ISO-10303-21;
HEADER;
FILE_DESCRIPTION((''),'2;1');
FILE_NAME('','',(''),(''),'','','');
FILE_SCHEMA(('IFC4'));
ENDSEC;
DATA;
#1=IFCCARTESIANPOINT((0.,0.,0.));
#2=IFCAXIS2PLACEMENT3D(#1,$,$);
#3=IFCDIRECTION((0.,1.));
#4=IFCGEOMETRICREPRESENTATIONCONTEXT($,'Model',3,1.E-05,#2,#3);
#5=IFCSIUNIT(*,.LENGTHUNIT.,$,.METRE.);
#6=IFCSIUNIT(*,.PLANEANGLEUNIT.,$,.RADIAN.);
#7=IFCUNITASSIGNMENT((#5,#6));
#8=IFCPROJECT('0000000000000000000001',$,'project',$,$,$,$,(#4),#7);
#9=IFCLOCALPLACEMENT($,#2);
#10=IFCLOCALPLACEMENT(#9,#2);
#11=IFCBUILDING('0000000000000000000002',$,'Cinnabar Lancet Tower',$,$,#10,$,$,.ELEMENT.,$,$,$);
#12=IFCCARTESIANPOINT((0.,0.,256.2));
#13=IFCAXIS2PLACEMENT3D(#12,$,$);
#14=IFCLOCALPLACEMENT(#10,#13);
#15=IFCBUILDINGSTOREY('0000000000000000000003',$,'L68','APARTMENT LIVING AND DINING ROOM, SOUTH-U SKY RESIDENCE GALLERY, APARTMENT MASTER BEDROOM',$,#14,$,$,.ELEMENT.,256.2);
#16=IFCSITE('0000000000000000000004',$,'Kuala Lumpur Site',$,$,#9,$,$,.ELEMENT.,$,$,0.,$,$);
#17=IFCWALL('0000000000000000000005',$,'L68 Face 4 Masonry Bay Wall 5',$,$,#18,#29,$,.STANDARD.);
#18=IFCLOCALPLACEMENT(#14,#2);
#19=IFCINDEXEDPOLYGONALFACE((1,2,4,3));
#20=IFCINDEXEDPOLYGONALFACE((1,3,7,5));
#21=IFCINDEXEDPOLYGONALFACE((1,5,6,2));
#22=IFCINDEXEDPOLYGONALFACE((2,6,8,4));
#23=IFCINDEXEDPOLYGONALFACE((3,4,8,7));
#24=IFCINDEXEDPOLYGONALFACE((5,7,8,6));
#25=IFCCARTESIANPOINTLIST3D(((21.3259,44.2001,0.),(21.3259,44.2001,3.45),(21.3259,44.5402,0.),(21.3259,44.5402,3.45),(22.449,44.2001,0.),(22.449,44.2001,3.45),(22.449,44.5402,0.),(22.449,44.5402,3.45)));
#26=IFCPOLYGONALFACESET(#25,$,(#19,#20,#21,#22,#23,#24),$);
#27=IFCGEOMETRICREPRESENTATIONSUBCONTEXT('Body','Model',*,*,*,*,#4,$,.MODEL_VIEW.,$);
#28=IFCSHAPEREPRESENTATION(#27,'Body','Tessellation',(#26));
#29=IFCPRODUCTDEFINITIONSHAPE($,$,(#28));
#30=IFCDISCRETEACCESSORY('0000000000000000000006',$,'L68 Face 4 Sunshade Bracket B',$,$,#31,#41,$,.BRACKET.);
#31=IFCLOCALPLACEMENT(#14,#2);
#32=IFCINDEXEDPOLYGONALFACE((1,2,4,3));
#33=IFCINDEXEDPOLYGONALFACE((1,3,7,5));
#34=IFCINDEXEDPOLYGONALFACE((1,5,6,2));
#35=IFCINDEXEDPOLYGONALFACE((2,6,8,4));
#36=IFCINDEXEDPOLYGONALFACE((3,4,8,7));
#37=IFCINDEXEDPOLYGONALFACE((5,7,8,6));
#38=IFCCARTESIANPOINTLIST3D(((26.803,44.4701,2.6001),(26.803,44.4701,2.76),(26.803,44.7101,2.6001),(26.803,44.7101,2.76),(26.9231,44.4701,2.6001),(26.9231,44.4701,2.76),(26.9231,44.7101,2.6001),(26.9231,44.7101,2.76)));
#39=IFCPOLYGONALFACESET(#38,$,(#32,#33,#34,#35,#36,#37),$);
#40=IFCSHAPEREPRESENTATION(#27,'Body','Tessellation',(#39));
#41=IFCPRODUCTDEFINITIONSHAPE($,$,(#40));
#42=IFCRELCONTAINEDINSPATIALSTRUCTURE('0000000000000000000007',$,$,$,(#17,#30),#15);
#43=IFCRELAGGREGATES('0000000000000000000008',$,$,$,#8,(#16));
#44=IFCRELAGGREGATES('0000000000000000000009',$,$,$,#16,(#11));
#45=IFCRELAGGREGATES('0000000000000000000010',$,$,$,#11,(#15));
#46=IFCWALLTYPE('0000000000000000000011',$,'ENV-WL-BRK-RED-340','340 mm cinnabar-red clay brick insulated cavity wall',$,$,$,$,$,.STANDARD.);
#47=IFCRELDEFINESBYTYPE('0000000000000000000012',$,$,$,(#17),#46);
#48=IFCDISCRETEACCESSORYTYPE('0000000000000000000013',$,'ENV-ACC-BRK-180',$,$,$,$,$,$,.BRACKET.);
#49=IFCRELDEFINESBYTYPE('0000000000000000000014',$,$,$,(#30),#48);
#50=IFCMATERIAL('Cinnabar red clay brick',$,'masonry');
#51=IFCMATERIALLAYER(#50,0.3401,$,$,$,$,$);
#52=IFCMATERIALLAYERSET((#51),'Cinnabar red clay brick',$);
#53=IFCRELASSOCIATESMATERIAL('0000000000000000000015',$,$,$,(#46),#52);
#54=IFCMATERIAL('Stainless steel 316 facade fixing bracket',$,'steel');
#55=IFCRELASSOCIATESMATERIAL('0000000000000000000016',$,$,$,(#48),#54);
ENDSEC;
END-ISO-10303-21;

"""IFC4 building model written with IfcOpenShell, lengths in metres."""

from ifc_helpers import new_model, si_unit, direction, frame, frame_2d, origin, origin_2d, place, context, subcontext, project, spatial, rectangle, extrude, material, layer, layer_set, type_object, element, save


model = new_model("IFC4")

# Units and contexts
model_context = context("Model", 3, precision=1e-05, world=origin(), true_north=direction((0.0, 1.0)))
body_context = subcontext(model_context, "Body", "Model", "MODEL_VIEW")
ifc_project = project(units=[si_unit("LENGTHUNIT", "METRE"), si_unit("PLANEANGLEUNIT", "RADIAN")], contexts=[model_context])

# Site, building, storey
site_placement = place(None, origin())
site = spatial("IfcSite", under=ifc_project, at=site_placement, Name="Kuala Lumpur Site", CompositionType="ELEMENT", RefElevation=0.0)
building_placement = place(site_placement, origin())
building = spatial("IfcBuilding", under=site, at=building_placement, Name="Cinnabar Lancet Tower", CompositionType="ELEMENT")
storey_placement = place(building_placement, frame((0.0, 0.0, 256.2)))
storey = spatial("IfcBuildingStorey", under=building, at=storey_placement, Name="L68", Description="APARTMENT LIVING AND DINING ROOM, SOUTH-U SKY RESIDENCE GALLERY, APARTMENT MASTER BEDROOM", CompositionType="ELEMENT", Elevation=256.2)

# Shared definitions
ifc_material_1 = material(Name="Cinnabar red clay brick", Category="masonry")
ifc_layer_1 = layer(ifc_material_1, 0.3401)
ifc_layer_set_1 = layer_set([ifc_layer_1], Name="Cinnabar red clay brick")
wall_type_1 = type_object("IfcWallType", Name="ENV-WL-BRK-RED-340", Description="340 mm cinnabar-red clay brick insulated cavity wall", PredefinedType="STANDARD", material=ifc_layer_set_1)

# Wall
wall_1_placement = place(storey_placement, frame((22.449, 44.3701, 0.0), z_axis=(0.0, 0.0, 1.0), x_axis=(-1.0, 0.0, 0.0)))
element("IfcWall", 1, at=wall_1_placement, inside=storey, type_object=wall_type_1, Name="L68 Face 4 Masonry Bay Wall 5", PredefinedType="STANDARD", context=body_context, shape_type="SweptSolid", body=[
    extrude(rectangle(XDim=1.123, YDim=0.3401, at=frame_2d((0.5615, 0.0))), origin(), (0.0, 0.0, 1.0), 3.45),
])

# Discrete accessory
ifc_material_2 = material(Name="Stainless steel 316 facade fixing bracket", Category="steel")
discrete_accessory_type = type_object("IfcDiscreteAccessoryType", Name="ENV-ACC-BRK-180", PredefinedType="BRACKET", material=ifc_material_2)
discrete_accessory_placement = place(storey_placement, frame((26.863, 44.5901, 2.6001), z_axis=(0.0, 0.0, 1.0), x_axis=(-1.0, 0.0, 0.0)))
element("IfcDiscreteAccessory", 2, at=discrete_accessory_placement, inside=storey, type_object=discrete_accessory_type, Name="L68 Face 4 Sunshade Bracket B", PredefinedType="BRACKET", context=body_context, shape_type="SweptSolid", body=[
    extrude(rectangle(XDim=0.1201, YDim=0.24, at=origin_2d()), origin(), (0.0, 0.0, 1.0), 0.1599),
])

save(model, "model.ifc")
